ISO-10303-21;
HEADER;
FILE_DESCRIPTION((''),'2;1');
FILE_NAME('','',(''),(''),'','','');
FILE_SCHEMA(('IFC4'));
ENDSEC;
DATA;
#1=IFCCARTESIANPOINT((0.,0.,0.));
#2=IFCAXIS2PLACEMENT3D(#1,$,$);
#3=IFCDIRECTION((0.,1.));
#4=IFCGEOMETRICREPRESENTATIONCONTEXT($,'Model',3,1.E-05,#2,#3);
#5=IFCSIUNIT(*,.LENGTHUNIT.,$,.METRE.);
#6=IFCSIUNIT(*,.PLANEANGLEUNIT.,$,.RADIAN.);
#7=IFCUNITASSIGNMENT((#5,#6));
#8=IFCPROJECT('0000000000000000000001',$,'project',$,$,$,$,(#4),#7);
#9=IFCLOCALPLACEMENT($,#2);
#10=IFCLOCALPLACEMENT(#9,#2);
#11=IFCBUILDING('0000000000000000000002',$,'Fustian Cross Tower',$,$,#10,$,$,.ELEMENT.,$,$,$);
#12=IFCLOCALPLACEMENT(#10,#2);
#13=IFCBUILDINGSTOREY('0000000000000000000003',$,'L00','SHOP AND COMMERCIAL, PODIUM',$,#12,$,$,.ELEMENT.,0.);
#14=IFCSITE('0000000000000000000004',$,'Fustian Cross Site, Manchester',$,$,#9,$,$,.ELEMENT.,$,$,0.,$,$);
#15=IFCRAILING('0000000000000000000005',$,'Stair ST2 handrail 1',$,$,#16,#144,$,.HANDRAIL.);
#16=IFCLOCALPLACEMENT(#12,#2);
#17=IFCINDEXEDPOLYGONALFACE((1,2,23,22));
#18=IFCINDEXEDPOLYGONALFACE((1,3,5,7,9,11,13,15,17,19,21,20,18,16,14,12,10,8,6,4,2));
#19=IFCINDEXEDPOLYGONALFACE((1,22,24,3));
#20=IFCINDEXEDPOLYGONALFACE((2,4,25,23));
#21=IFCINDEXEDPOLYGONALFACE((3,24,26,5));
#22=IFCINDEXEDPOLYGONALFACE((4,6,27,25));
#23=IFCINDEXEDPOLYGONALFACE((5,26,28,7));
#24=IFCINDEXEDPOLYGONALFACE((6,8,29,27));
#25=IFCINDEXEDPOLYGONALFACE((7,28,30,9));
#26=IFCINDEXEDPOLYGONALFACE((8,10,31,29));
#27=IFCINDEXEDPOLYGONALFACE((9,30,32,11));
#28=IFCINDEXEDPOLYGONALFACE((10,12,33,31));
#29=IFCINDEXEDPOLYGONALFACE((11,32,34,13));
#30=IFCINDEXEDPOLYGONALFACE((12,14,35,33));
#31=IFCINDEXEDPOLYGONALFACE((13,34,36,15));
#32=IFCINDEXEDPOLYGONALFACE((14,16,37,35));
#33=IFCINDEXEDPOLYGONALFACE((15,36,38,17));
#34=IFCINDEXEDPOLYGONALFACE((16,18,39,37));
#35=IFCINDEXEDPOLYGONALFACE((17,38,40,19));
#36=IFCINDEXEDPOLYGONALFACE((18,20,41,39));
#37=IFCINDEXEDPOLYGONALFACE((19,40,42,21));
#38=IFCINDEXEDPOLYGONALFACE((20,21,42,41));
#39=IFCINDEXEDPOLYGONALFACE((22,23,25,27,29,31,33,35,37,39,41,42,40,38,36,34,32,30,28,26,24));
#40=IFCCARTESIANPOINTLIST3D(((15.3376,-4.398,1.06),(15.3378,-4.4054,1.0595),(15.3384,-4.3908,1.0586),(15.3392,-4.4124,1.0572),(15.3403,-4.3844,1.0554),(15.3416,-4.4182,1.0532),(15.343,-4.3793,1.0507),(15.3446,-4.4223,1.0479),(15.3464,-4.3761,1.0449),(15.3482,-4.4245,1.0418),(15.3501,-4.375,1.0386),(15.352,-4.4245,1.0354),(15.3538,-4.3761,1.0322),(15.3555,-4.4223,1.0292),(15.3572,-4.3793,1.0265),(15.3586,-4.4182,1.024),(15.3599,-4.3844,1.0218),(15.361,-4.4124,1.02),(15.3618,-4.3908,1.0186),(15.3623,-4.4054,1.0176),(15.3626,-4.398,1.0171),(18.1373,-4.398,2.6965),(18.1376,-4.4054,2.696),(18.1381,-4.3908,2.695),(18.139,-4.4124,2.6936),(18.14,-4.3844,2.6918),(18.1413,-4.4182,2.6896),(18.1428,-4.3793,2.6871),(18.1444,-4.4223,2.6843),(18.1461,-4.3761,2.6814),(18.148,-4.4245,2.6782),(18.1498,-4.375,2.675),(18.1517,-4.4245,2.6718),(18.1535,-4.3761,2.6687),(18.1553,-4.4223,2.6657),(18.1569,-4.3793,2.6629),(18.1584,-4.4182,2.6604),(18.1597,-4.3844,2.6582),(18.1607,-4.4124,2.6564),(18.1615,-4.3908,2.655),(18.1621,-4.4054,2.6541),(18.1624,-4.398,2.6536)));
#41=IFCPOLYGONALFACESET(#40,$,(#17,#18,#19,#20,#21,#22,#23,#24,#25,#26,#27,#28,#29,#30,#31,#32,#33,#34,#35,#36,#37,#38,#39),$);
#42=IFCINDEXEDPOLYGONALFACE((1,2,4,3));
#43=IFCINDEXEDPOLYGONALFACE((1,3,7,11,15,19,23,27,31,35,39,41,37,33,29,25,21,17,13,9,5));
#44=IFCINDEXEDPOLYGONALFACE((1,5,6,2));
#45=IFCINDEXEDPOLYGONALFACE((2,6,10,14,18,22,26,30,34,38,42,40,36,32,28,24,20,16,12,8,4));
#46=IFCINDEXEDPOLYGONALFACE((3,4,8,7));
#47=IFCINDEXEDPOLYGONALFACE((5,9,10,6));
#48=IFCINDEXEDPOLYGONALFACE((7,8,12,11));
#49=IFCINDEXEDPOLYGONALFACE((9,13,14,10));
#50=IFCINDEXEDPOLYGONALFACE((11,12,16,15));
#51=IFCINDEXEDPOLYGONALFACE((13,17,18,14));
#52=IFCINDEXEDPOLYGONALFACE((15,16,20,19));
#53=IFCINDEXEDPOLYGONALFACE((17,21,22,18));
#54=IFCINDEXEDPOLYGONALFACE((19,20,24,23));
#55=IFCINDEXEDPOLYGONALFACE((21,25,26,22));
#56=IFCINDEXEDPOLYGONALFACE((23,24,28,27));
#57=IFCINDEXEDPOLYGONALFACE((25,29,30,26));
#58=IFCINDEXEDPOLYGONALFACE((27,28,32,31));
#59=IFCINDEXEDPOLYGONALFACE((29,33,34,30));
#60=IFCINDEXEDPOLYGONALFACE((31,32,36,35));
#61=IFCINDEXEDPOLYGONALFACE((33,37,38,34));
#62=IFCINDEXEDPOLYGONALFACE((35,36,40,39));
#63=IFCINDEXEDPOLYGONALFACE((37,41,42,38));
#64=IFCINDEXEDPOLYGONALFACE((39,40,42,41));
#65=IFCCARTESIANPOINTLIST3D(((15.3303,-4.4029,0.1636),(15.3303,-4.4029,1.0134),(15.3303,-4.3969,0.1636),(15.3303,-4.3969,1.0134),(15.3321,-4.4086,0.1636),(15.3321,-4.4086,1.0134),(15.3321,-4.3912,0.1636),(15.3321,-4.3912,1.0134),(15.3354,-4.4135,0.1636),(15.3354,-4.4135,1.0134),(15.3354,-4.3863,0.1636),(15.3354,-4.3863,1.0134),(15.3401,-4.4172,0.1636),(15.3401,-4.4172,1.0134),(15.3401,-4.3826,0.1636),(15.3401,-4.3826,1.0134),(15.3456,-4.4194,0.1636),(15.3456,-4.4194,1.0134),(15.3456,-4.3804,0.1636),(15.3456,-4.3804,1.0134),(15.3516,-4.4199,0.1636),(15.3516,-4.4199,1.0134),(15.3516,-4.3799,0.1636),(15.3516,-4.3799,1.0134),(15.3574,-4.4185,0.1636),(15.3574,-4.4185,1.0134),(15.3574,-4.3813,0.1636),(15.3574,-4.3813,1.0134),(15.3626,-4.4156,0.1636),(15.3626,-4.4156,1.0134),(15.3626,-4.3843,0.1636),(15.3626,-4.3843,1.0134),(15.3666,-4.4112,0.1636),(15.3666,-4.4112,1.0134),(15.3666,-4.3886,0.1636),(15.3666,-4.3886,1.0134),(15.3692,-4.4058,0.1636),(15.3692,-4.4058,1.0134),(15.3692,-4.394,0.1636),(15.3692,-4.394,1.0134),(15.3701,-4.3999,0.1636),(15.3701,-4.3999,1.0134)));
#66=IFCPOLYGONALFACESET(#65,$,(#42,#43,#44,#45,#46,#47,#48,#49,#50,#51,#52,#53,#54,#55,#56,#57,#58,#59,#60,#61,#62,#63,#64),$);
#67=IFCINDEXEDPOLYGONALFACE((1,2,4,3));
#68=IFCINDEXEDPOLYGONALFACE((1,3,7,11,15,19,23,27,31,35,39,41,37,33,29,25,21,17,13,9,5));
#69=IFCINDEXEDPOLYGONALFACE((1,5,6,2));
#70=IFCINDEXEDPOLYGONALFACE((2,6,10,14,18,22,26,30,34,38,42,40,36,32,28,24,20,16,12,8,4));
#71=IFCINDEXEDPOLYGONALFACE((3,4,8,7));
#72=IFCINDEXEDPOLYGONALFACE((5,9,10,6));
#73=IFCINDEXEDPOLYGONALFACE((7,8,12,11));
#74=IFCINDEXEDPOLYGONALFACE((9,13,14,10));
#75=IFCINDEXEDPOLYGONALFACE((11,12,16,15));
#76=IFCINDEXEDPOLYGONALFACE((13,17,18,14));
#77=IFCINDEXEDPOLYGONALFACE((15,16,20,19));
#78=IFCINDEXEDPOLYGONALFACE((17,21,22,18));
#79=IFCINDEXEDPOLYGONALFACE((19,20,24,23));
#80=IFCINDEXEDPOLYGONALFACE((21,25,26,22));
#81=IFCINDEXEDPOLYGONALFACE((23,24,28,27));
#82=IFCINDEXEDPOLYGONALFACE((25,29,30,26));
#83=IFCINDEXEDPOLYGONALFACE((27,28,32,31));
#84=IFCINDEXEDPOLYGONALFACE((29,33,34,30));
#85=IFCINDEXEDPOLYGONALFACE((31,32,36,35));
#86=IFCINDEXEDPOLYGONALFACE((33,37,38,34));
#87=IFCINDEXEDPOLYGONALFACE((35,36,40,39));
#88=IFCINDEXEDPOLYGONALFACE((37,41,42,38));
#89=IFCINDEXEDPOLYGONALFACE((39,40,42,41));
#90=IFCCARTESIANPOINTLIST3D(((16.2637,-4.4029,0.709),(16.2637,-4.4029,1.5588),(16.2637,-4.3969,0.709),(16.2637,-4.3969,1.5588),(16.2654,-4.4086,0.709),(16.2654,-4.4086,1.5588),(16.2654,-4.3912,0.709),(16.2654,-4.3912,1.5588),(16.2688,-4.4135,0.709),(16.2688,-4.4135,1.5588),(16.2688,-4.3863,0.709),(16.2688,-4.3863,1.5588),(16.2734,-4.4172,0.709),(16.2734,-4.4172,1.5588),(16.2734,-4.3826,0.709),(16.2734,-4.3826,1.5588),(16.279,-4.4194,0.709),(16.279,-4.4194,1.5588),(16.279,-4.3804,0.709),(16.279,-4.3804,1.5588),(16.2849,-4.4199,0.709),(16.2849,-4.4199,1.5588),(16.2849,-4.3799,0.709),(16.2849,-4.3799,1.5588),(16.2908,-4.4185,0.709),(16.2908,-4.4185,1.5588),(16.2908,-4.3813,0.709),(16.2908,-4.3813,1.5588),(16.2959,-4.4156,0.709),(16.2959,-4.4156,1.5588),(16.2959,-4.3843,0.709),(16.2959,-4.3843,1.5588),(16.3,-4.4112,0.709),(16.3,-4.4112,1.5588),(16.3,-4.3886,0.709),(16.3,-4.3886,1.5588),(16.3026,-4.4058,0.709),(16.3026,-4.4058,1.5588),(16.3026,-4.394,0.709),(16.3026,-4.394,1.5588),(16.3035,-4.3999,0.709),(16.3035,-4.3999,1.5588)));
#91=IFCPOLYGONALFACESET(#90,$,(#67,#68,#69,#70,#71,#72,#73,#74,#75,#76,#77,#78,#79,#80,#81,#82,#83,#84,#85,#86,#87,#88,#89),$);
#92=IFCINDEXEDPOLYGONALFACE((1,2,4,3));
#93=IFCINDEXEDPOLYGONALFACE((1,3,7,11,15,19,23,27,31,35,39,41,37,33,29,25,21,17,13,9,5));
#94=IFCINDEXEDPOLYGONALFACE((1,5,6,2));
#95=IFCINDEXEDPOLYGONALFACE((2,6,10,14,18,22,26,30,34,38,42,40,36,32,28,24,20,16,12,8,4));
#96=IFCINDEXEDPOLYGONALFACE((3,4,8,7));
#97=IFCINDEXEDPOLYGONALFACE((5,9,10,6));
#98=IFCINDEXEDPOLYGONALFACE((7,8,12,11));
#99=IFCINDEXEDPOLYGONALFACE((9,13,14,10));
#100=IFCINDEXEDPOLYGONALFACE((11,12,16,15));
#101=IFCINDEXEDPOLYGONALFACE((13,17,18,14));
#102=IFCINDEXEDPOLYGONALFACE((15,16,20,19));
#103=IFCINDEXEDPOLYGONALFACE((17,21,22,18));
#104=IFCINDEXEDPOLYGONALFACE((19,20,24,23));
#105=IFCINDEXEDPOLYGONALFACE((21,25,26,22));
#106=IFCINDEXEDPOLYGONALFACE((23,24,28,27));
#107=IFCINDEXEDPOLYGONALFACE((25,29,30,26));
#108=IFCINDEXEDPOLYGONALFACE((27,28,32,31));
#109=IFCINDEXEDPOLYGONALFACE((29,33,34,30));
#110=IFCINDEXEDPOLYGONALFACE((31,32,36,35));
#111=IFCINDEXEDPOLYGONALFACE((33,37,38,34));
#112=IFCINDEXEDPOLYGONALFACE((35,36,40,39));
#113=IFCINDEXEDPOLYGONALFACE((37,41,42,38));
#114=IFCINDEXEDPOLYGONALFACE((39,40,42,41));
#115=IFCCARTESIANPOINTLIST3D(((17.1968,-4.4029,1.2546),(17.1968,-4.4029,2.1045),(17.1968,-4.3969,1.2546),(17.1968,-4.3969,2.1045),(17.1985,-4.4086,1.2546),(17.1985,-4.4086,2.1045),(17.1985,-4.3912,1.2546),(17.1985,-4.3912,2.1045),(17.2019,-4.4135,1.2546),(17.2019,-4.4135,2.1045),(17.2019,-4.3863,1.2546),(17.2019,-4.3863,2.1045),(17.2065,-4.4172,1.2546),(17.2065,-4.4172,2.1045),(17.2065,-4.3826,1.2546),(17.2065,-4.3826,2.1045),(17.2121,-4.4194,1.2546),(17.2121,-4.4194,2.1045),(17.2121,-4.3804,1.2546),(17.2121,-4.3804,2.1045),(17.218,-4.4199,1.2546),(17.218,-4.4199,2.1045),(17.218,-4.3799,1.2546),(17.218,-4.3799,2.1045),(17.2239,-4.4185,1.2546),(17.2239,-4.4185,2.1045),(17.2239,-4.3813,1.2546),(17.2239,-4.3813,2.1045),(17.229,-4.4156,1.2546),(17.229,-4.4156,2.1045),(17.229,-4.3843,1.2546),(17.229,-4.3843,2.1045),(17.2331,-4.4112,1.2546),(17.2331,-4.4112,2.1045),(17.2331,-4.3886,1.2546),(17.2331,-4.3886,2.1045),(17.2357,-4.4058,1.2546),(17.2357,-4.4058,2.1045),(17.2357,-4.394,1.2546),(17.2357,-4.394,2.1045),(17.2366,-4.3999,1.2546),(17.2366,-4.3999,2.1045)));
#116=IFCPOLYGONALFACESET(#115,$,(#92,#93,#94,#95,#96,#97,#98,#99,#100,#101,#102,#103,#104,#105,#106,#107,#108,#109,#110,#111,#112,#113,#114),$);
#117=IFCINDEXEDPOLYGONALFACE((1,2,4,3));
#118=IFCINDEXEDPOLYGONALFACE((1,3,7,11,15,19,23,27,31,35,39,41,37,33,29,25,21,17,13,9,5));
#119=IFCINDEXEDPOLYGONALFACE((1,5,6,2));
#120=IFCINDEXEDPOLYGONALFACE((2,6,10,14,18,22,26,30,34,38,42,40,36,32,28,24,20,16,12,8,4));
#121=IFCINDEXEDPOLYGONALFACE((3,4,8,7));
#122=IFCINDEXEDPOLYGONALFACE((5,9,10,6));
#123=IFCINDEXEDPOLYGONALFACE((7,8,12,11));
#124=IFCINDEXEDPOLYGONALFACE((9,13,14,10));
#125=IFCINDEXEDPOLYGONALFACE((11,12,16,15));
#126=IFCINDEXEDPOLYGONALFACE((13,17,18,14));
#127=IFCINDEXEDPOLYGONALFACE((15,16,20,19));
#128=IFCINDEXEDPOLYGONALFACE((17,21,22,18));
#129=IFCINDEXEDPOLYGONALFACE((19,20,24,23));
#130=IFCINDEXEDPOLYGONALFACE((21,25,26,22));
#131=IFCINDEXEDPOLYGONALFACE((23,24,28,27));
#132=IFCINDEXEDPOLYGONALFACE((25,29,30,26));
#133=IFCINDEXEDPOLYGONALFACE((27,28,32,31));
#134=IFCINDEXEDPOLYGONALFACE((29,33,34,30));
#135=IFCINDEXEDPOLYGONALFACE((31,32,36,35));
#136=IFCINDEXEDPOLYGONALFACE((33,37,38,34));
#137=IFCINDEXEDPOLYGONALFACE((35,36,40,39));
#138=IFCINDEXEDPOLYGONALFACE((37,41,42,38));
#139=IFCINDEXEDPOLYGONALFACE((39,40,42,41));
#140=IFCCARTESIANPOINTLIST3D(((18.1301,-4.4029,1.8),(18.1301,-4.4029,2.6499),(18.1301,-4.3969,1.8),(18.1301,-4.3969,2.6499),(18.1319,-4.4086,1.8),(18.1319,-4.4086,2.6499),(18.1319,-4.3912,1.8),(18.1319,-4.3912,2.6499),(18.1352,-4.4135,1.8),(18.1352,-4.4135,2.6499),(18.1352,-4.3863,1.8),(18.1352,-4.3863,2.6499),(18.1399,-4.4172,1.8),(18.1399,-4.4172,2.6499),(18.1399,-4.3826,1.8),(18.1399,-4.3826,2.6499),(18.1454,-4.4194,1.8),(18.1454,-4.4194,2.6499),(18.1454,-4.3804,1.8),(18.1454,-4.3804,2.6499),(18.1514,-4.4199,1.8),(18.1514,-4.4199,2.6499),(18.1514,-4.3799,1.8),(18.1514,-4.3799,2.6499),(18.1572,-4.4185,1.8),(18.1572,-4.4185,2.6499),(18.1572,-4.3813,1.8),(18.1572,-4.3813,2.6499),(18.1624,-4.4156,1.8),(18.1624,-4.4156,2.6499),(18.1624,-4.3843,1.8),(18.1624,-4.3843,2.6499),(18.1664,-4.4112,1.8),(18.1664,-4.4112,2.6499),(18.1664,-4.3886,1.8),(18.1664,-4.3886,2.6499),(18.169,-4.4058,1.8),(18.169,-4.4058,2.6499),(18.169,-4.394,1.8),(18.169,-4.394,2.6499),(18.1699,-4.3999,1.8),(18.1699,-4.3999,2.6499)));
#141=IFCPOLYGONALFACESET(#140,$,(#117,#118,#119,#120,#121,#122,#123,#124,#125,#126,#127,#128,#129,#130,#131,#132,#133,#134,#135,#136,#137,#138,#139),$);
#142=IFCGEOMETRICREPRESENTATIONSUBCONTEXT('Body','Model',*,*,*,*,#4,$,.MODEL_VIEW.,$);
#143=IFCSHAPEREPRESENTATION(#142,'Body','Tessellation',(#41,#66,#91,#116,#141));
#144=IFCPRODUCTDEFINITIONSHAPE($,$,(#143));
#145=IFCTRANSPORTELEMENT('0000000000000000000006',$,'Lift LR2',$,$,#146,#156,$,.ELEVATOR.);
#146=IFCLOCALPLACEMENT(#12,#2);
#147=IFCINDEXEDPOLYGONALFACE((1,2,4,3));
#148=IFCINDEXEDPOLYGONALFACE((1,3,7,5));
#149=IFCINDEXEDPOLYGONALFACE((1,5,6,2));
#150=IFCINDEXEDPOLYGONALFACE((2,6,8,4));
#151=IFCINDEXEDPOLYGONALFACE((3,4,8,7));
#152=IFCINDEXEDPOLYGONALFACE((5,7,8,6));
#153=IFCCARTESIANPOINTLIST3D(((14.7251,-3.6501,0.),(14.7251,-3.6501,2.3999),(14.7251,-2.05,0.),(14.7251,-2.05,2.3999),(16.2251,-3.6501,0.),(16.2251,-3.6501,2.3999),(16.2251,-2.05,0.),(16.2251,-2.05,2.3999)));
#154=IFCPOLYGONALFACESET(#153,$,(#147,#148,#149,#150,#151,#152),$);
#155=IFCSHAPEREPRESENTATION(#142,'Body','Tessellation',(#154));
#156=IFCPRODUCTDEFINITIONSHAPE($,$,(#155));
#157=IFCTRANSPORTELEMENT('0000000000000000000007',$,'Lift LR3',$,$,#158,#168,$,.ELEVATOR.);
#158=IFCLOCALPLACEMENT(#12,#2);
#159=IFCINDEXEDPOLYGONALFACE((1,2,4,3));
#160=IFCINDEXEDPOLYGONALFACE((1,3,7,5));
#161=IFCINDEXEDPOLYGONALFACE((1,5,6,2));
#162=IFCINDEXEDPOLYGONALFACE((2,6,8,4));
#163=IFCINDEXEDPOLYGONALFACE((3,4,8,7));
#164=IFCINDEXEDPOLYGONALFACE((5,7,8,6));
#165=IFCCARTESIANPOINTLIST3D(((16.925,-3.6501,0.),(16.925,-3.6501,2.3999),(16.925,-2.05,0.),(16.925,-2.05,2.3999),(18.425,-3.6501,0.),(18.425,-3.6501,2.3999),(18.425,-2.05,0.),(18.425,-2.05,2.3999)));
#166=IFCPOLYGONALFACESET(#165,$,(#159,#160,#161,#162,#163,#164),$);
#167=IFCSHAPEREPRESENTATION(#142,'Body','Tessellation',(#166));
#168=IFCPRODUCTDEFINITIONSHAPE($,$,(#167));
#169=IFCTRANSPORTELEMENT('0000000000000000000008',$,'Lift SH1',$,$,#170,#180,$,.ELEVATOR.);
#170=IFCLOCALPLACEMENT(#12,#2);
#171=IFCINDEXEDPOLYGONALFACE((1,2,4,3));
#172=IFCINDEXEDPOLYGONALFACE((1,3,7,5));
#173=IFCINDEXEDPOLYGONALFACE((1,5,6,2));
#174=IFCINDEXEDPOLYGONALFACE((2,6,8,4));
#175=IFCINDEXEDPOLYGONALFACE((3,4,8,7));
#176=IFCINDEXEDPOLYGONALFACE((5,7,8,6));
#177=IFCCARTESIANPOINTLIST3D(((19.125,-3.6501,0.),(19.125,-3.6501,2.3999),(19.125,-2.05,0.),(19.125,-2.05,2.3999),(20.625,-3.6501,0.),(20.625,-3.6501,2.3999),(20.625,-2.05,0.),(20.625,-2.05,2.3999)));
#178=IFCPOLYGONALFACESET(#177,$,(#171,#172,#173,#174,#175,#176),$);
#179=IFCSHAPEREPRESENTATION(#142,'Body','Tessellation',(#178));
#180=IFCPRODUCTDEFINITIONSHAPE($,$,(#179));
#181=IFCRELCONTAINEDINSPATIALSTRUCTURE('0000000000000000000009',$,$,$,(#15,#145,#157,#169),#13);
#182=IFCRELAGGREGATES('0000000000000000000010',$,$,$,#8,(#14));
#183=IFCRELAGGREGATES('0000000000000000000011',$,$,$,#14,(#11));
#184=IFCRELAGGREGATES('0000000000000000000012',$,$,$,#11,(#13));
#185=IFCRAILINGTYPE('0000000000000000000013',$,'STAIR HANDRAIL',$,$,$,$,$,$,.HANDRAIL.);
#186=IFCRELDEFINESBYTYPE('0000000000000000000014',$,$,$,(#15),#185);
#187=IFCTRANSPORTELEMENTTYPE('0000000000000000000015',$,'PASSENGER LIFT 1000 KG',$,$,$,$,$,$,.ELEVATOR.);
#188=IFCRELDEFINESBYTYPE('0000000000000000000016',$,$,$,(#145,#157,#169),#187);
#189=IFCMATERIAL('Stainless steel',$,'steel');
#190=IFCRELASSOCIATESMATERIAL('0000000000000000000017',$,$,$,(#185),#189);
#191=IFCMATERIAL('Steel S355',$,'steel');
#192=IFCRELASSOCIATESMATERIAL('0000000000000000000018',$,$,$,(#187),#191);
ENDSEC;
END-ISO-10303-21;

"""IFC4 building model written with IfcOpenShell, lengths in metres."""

from ifc_helpers import new_model, si_unit, direction, frame, origin, origin_2d, place, context, subcontext, project, spatial, rectangle, circle, extrude, material, type_object, element, save


model = new_model("IFC4")

# Units and contexts
model_context = context("Model", 3, precision=1e-05, world=origin(), true_north=direction((0.0, 1.0)))
body_context = subcontext(model_context, "Body", "Model", "MODEL_VIEW")
ifc_project = project(units=[si_unit("LENGTHUNIT", "METRE"), si_unit("PLANEANGLEUNIT", "RADIAN")], contexts=[model_context])

# Site, building, storey
site_placement = place(None, origin())
site = spatial("IfcSite", under=ifc_project, at=site_placement, Name="Fustian Cross Site, Manchester", CompositionType="ELEMENT", RefElevation=0.0)
building_placement = place(site_placement, origin())
building = spatial("IfcBuilding", under=site, at=building_placement, Name="Fustian Cross Tower", CompositionType="ELEMENT")
storey_placement = place(building_placement, origin())
storey = spatial("IfcBuildingStorey", under=building, at=storey_placement, Name="L00", Description="SHOP AND COMMERCIAL, PODIUM", CompositionType="ELEMENT", Elevation=0.0)

# Railing
ifc_material_1 = material(Name="Stainless steel", Category="steel")
railing_type = type_object("IfcRailingType", Name="STAIR HANDRAIL", PredefinedType="HANDRAIL", material=ifc_material_1)
railing_1_placement = place(storey_placement, frame((15.3501, -4.3999, 0.1636)))
element("IfcRailing", 1, at=railing_1_placement, inside=storey, type_object=railing_type, Name="Stair ST2 handrail 1", PredefinedType="HANDRAIL", context=body_context, shape_type="SweptSolid", body=[
    extrude(circle(Radius=0.0249, at=origin_2d()), frame((0.0, 0.0, 0.875), z_axis=(0.863342, 0.0, 0.50462), x_axis=(0.0, 1.0, 0.0)), (0.0, 0.0, 1.0), 3.2429),
    extrude(circle(Radius=0.02, at=origin_2d()), origin(), (0.0, 0.0, 1.0), 0.8499),
    extrude(circle(Radius=0.02, at=origin_2d()), frame((0.9333, 0.0, 0.5454)), (0.0, 0.0, 1.0), 0.8499),
    extrude(circle(Radius=0.02, at=origin_2d()), frame((1.8665, 0.0, 1.0911)), (0.0, 0.0, 1.0), 0.8499),
    extrude(circle(Radius=0.02, at=origin_2d()), frame((2.7998, 0.0, 1.6365)), (0.0, 0.0, 1.0), 0.8499),
])

# Transport elements
ifc_material_2 = material(Name="Steel S355", Category="steel")
transport_element_type = type_object("IfcTransportElementType", Name="PASSENGER LIFT 1000 KG", PredefinedType="ELEVATOR", material=ifc_material_2)
for number, where, z_axis, x_axis, name in (
    (2, (15.4751, -2.8501, 0.0), (0.0, 0.0, 1.0), (1.0, 0.0, 0.0), "Lift LR2"),
    (3, (17.675, -2.8501, 0.0), (0.0, 0.0, 1.0), (1.0, 0.0, 0.0), "Lift LR3"),
    (4, (19.875, -2.8501, 0.0), (0.0, 0.0, 1.0), (1.0, 0.0, 0.0), "Lift SH1"),
):
    element("IfcTransportElement", number, at=place(storey_placement, frame(where, z_axis=z_axis, x_axis=x_axis)), inside=storey, type_object=transport_element_type, Name=name, PredefinedType="ELEVATOR", context=body_context, shape_type="SweptSolid", body=[
        extrude(rectangle(XDim=1.5, YDim=1.6001, at=origin_2d()), origin(), (0.0, 0.0, 1.0), 2.3999),
    ])

save(model, "model.ifc")
